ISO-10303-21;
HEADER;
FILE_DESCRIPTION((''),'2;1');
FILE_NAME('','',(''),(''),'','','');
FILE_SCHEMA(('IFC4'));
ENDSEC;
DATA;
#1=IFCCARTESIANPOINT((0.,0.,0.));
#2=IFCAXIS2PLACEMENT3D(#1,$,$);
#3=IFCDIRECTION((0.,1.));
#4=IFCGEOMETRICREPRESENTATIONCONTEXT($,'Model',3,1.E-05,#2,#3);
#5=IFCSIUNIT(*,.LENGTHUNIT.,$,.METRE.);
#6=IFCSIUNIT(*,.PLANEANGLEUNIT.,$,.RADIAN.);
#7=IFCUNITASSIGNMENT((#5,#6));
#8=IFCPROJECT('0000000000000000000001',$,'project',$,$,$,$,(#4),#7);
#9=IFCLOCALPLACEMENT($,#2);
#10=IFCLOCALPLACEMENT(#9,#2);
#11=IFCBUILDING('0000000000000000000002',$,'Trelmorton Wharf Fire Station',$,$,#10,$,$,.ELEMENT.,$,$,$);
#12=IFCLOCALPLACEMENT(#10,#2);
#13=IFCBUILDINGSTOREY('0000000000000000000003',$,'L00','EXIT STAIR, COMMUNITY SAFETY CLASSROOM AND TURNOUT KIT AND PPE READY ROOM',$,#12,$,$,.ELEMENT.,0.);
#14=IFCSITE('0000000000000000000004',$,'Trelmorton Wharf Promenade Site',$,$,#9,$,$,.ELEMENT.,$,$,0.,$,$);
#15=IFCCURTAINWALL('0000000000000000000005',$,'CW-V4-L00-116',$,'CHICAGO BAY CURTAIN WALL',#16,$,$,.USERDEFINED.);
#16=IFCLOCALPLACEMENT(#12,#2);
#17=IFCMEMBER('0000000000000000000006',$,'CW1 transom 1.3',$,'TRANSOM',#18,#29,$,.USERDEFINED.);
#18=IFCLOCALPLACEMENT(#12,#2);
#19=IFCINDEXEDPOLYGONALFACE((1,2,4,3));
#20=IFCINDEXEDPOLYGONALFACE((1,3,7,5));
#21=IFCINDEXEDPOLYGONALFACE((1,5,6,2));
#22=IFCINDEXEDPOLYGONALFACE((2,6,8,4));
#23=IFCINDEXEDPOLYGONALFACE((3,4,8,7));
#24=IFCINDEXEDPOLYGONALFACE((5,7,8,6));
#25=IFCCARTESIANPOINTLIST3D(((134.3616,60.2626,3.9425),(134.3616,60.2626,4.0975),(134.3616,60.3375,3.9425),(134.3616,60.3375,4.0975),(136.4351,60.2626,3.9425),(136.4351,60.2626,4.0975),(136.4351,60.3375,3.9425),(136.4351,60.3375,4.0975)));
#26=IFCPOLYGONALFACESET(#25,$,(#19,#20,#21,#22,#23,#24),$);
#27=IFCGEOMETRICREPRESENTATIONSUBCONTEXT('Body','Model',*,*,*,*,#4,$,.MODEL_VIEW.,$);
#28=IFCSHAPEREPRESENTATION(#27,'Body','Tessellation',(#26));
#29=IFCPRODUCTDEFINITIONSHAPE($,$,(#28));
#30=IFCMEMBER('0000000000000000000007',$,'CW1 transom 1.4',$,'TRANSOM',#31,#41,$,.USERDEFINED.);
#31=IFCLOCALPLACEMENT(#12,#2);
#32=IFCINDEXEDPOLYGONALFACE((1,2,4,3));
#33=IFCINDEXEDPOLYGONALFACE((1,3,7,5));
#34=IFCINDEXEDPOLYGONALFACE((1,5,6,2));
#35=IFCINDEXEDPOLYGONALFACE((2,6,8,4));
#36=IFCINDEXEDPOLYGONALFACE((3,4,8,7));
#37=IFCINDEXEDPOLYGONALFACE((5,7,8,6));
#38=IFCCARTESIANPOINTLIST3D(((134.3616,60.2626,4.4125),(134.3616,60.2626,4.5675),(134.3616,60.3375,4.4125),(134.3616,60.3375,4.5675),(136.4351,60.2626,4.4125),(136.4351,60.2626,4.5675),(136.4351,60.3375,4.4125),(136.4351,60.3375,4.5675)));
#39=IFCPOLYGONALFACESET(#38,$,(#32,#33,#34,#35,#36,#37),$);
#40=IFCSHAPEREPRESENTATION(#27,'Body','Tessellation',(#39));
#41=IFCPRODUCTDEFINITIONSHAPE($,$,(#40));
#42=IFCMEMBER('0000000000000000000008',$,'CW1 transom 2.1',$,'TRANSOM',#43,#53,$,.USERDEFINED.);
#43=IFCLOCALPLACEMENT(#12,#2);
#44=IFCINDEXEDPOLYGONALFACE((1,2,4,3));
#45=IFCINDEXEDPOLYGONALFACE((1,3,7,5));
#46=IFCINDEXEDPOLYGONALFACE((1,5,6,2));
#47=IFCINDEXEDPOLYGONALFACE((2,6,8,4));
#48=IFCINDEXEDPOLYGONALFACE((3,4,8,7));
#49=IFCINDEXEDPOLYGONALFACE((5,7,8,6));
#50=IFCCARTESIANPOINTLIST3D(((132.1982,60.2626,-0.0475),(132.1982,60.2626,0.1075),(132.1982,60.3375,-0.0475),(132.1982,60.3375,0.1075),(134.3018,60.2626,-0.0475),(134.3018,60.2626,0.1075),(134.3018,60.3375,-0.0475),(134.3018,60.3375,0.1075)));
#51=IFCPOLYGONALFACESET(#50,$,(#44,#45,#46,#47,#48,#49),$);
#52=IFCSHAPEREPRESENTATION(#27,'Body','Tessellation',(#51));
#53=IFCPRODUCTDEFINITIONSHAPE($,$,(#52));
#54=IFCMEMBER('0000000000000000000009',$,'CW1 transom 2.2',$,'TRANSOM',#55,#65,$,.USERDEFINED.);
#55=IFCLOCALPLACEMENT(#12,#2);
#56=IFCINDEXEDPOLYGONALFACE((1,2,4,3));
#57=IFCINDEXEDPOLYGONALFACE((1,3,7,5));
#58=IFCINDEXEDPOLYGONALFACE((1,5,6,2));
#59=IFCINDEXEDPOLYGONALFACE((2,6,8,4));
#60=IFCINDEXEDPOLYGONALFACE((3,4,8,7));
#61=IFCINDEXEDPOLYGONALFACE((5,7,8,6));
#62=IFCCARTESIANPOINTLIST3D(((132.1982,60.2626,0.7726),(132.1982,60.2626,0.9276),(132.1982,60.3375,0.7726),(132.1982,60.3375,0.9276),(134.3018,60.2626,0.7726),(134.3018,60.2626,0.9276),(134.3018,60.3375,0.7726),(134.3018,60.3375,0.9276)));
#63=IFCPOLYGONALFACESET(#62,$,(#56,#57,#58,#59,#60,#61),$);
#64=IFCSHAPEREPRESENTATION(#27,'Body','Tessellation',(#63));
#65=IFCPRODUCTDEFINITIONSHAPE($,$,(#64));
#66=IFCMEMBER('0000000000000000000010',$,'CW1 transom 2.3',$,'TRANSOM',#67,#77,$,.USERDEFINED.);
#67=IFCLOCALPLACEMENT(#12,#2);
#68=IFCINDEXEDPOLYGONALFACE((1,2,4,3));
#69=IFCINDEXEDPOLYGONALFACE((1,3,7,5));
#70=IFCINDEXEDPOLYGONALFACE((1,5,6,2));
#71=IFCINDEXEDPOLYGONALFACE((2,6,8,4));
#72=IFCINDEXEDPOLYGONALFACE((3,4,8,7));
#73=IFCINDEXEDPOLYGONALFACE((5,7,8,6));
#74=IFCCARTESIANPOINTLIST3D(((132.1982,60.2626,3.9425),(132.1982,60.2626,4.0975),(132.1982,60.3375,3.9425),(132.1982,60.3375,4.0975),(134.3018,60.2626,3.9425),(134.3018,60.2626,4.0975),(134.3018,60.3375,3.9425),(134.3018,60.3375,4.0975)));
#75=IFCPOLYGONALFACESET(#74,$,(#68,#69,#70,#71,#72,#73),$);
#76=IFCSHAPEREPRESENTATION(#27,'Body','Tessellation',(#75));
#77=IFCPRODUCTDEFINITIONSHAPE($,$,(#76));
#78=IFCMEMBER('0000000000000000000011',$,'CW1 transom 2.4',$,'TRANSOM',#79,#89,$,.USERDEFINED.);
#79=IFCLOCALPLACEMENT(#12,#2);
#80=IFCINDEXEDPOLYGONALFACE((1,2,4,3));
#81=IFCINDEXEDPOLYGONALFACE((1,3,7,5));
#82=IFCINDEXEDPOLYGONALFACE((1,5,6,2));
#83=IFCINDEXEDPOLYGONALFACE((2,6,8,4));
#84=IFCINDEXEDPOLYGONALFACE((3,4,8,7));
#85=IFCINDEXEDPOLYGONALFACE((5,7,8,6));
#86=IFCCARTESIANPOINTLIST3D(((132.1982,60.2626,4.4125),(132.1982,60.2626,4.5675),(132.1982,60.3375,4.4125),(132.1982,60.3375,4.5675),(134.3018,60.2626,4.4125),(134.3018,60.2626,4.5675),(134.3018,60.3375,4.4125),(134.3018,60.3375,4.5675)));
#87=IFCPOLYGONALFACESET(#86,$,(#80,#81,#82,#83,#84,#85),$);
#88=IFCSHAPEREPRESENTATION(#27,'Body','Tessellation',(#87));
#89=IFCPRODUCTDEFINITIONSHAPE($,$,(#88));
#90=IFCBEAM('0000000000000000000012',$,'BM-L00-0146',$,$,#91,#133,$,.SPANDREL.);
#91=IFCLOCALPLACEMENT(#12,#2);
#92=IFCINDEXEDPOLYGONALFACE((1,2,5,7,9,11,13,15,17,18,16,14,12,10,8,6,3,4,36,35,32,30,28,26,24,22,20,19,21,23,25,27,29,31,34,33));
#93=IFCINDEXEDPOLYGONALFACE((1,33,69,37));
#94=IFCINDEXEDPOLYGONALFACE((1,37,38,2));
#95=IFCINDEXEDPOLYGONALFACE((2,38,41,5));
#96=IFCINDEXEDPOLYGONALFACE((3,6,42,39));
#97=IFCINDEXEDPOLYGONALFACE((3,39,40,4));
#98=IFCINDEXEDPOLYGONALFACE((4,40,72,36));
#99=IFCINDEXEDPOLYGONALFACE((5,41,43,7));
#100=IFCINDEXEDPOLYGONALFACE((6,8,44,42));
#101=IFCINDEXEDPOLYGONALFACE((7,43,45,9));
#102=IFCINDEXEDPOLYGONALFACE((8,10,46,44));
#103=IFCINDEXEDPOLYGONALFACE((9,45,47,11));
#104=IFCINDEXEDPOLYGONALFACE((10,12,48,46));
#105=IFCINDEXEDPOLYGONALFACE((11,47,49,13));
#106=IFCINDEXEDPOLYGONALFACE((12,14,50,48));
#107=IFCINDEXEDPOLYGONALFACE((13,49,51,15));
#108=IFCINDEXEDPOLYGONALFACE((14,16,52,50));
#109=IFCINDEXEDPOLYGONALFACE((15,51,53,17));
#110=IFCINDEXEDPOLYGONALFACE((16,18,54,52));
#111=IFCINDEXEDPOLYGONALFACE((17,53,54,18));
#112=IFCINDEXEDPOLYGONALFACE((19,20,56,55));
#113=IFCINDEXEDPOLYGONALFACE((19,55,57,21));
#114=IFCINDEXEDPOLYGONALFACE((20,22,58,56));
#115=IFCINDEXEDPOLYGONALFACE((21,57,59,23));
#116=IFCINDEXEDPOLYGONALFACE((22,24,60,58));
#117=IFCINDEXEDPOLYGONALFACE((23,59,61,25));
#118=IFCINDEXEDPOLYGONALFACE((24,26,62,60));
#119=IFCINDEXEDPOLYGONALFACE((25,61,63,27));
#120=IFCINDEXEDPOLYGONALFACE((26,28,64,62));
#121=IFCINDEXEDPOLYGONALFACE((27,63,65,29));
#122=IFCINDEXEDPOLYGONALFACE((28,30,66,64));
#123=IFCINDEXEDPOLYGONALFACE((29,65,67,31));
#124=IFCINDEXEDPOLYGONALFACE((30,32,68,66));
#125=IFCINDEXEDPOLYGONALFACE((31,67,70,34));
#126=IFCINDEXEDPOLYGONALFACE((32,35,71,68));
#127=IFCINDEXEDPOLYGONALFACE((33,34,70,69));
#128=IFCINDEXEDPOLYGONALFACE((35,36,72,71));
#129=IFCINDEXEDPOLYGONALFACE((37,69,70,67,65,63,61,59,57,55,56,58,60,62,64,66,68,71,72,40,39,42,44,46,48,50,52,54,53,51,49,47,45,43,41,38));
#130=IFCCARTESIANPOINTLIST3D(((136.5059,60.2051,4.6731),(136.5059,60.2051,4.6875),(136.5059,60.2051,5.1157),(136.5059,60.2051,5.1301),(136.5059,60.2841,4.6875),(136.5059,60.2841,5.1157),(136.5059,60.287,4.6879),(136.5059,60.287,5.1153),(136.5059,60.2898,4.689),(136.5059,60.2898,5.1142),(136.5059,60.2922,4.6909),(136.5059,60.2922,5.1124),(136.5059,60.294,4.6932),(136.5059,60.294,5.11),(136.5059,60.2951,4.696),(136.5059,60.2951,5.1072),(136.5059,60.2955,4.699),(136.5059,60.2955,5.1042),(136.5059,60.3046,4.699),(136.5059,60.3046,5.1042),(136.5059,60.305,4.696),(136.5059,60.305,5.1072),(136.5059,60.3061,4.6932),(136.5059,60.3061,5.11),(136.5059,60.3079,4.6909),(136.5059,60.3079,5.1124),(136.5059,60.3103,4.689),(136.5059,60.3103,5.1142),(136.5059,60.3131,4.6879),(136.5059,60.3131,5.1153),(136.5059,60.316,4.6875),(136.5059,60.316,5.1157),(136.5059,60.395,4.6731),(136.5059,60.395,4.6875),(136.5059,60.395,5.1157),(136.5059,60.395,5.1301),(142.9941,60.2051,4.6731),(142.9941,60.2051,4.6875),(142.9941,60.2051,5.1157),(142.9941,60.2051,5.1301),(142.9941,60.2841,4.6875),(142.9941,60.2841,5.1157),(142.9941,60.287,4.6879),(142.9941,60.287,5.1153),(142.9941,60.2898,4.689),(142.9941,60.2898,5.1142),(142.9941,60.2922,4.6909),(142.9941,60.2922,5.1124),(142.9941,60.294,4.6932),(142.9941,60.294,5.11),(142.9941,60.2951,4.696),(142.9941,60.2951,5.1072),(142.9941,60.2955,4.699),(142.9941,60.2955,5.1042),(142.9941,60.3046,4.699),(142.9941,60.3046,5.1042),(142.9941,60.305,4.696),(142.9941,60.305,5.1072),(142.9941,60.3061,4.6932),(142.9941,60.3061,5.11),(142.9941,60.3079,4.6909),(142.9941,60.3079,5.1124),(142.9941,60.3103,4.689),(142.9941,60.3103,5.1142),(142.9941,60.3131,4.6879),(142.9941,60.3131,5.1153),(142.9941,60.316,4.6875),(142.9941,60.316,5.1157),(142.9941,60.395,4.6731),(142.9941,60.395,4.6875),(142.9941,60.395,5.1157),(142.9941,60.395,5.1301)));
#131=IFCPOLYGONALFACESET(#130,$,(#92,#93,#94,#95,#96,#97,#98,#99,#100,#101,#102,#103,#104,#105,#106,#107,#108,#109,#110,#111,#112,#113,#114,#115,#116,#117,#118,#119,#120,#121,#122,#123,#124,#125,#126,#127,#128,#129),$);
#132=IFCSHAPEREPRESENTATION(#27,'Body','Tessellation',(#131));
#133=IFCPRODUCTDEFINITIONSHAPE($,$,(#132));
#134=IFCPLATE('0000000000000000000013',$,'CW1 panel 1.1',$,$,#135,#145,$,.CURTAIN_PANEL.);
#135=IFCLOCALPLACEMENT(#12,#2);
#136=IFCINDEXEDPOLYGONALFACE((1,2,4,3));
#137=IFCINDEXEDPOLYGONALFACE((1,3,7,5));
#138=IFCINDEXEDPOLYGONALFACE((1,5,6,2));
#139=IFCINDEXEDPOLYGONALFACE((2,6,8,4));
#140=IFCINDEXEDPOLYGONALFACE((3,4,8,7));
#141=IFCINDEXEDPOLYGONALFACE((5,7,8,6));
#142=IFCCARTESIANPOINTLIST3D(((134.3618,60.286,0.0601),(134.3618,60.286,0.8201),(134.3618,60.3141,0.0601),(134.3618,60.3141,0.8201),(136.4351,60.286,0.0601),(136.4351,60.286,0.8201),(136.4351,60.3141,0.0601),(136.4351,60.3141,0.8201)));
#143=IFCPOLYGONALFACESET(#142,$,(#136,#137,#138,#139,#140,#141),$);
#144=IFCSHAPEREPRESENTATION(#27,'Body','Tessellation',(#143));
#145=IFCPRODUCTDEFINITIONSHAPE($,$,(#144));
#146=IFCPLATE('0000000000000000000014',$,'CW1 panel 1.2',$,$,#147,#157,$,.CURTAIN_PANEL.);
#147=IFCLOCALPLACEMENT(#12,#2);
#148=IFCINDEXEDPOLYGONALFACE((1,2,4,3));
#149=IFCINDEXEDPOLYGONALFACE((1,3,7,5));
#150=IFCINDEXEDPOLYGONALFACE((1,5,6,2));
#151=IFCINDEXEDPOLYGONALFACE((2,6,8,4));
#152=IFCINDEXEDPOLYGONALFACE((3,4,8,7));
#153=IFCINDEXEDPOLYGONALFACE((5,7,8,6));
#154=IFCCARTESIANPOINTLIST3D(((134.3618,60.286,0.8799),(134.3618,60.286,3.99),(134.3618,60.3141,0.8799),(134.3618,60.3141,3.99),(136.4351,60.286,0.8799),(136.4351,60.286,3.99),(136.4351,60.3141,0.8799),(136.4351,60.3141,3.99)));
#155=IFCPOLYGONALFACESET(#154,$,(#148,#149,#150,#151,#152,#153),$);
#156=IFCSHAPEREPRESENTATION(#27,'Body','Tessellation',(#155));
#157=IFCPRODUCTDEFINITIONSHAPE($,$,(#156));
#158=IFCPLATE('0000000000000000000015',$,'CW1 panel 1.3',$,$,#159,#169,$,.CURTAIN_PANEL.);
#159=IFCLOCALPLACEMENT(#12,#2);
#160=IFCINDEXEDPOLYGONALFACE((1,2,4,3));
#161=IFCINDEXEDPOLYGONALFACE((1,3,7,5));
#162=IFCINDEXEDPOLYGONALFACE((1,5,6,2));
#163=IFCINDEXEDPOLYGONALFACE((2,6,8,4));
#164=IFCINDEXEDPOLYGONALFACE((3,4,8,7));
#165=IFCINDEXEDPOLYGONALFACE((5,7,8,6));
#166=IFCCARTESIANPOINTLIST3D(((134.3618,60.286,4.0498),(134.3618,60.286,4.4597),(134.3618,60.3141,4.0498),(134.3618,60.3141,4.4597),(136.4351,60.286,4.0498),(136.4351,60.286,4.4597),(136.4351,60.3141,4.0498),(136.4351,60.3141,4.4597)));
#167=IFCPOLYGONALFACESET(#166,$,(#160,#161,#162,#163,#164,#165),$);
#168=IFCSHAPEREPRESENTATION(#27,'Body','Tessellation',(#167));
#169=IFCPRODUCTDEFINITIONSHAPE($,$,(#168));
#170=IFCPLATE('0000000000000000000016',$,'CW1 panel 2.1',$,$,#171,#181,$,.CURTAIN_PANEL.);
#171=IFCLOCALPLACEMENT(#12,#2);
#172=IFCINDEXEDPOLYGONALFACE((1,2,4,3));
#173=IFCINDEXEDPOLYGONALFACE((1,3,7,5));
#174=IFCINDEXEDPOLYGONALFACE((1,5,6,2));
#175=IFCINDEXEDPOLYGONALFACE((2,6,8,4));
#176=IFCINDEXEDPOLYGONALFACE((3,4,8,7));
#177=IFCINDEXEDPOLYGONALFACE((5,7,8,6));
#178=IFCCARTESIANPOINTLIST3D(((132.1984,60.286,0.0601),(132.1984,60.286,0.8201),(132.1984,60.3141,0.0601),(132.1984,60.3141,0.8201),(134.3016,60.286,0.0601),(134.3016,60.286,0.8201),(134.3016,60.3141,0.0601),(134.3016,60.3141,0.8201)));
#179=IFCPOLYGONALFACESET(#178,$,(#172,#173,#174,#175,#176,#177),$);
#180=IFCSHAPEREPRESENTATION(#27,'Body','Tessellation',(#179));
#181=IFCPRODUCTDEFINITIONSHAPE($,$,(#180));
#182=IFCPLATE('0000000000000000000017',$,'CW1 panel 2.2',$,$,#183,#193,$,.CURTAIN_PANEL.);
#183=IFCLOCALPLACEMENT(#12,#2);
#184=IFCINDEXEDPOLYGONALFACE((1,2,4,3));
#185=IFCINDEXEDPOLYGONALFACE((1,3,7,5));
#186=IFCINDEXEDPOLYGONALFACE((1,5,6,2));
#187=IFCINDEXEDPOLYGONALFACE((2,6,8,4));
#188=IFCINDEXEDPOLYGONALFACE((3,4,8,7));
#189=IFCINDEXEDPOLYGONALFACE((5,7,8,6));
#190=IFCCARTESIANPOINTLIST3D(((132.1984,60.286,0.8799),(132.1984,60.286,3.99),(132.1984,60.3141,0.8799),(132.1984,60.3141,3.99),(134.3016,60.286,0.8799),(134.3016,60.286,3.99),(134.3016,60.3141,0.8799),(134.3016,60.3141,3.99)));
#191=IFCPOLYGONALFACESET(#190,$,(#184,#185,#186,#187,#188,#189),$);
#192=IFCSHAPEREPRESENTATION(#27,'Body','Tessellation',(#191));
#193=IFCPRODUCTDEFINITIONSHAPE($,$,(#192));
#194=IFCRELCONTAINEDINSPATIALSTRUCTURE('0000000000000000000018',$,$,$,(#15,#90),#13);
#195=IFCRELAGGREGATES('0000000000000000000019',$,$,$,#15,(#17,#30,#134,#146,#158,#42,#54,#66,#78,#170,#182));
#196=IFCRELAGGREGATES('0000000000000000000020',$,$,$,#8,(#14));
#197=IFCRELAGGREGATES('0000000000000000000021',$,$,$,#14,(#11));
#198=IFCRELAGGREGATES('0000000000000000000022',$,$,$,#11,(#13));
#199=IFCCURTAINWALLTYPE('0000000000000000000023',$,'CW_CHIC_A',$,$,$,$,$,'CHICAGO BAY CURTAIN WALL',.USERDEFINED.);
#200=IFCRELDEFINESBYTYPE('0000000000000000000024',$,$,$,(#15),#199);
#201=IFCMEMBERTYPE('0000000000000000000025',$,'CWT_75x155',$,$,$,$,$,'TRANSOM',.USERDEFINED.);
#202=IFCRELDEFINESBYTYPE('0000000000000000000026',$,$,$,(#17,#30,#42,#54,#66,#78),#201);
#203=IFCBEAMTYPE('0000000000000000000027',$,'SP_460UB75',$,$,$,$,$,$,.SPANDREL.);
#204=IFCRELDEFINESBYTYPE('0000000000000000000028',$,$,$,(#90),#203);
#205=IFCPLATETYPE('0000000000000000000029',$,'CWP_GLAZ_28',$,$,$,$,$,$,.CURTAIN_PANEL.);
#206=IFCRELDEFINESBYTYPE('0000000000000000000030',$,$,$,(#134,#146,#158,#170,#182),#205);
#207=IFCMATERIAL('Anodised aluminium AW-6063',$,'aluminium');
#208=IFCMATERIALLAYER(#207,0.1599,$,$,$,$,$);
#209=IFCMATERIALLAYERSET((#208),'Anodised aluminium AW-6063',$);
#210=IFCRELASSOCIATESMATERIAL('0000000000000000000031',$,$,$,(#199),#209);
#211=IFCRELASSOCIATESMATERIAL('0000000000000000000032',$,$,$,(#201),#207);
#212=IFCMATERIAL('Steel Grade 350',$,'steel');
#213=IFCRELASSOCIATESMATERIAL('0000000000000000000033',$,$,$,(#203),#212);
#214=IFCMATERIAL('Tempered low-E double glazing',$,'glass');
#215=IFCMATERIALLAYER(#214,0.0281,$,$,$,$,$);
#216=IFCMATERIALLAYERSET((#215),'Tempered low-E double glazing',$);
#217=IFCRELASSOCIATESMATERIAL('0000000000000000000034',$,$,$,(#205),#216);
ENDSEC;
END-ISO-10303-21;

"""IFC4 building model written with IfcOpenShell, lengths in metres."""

from ifc_helpers import new_model, si_unit, direction, frame, origin, origin_2d, place, context, subcontext, project, spatial, rectangle, i_section, extrude, material, layer, layer_set, material_profile, profile_set, type_object, element, aggregate, save


model = new_model("IFC4")

# Units and contexts
model_context = context("Model", 3, precision=1e-05, world=origin(), true_north=direction((0.0, 1.0)))
body_context = subcontext(model_context, "Body", "Model", "MODEL_VIEW")
ifc_project = project(units=[si_unit("LENGTHUNIT", "METRE"), si_unit("PLANEANGLEUNIT", "RADIAN")], contexts=[model_context])

# Site, building, storey
site_placement = place(None, origin())
site = spatial("IfcSite", under=ifc_project, at=site_placement, Name="Trelmorton Wharf Promenade Site", CompositionType="ELEMENT", RefElevation=0.0)
building_placement = place(site_placement, origin())
building = spatial("IfcBuilding", under=site, at=building_placement, Name="Trelmorton Wharf Fire Station", CompositionType="ELEMENT")
storey_placement = place(building_placement, origin())
storey = spatial("IfcBuildingStorey", under=building, at=storey_placement, Name="L00", Description="EXIT STAIR, COMMUNITY SAFETY CLASSROOM AND TURNOUT KIT AND PPE READY ROOM", CompositionType="ELEMENT", Elevation=0.0)

# Shared definitions
ifc_material_1 = material(Name="Steel Grade 350", Category="steel")

# Shared definitions
ifc_material_2 = material(Name="Anodised aluminium AW-6063", Category="aluminium")
ifc_layer_1 = layer(ifc_material_2, 0.1599)
ifc_layer_set_1 = layer_set([ifc_layer_1], Name="Anodised aluminium AW-6063")
curtain_wall_type = type_object("IfcCurtainWallType", Name="CW_CHIC_A", ElementType="CHICAGO BAY CURTAIN WALL", PredefinedType="USERDEFINED", material=ifc_layer_set_1)

# Curtain wall, members
curtain_wall_1_placement = place(storey_placement, origin())
curtain_wall_1 = element("IfcCurtainWall", 1, at=curtain_wall_1_placement, inside=storey, type_object=curtain_wall_type, Name="CW-V4-L00-116", ObjectType="CHICAGO BAY CURTAIN WALL", PredefinedType="USERDEFINED")
ifc_material_profile_1 = material_profile(ifc_material_2, rectangle(XDim=0.075, YDim=0.155, at=origin_2d()), Name="ALU-75x155")
ifc_profile_set_1 = profile_set([ifc_material_profile_1], Name="Anodised aluminium AW-6063")
member_type_1 = type_object("IfcMemberType", Name="CWT_75x155", ElementType="TRANSOM", PredefinedType="USERDEFINED", material=ifc_profile_set_1)
member_1_placement = place(storey_placement, frame((136.4351, 60.3, 4.02), z_axis=(-1.0, 0.0, 0.0), x_axis=(0.0, -1.0, 0.0)))
member_1 = element("IfcMember", 2, at=member_1_placement, type_object=member_type_1, Name="CW1 transom 1.3", ObjectType="TRANSOM", PredefinedType="USERDEFINED", context=body_context, shape_type="SweptSolid", body=[
    extrude(rectangle(XDim=0.075, YDim=0.155, at=origin_2d()), origin(), (0.0, 0.0, 1.0), 2.0735),
])
member_2_placement = place(storey_placement, frame((136.4351, 60.3, 4.49), z_axis=(-1.0, 0.0, 0.0), x_axis=(0.0, -1.0, 0.0)))
member_2 = element("IfcMember", 3, at=member_2_placement, type_object=member_type_1, Name="CW1 transom 1.4", ObjectType="TRANSOM", PredefinedType="USERDEFINED", context=body_context, shape_type="SweptSolid", body=[
    extrude(rectangle(XDim=0.075, YDim=0.155, at=origin_2d()), origin(), (0.0, 0.0, 1.0), 2.0735),
])
member_3_placement = place(storey_placement, frame((134.3018, 60.3, 0.03), z_axis=(-1.0, 0.0, 0.0), x_axis=(0.0, -1.0, 0.0)))
member_3 = element("IfcMember", 4, at=member_3_placement, type_object=member_type_1, Name="CW1 transom 2.1", ObjectType="TRANSOM", PredefinedType="USERDEFINED", context=body_context, shape_type="SweptSolid", body=[
    extrude(rectangle(XDim=0.075, YDim=0.155, at=origin_2d()), origin(), (0.0, 0.0, 1.0), 2.1035),
])
member_4_placement = place(storey_placement, frame((134.3018, 60.3, 0.8501), z_axis=(-1.0, 0.0, 0.0), x_axis=(0.0, -1.0, 0.0)))
member_4 = element("IfcMember", 5, at=member_4_placement, type_object=member_type_1, Name="CW1 transom 2.2", ObjectType="TRANSOM", PredefinedType="USERDEFINED", context=body_context, shape_type="SweptSolid", body=[
    extrude(rectangle(XDim=0.075, YDim=0.155, at=origin_2d()), origin(), (0.0, 0.0, 1.0), 2.1035),
])
member_5_placement = place(storey_placement, frame((134.3018, 60.3, 4.02), z_axis=(-1.0, 0.0, 0.0), x_axis=(0.0, -1.0, 0.0)))
member_5 = element("IfcMember", 6, at=member_5_placement, type_object=member_type_1, Name="CW1 transom 2.3", ObjectType="TRANSOM", PredefinedType="USERDEFINED", context=body_context, shape_type="SweptSolid", body=[
    extrude(rectangle(XDim=0.075, YDim=0.155, at=origin_2d()), origin(), (0.0, 0.0, 1.0), 2.1035),
])
member_6_placement = place(storey_placement, frame((134.3018, 60.3, 4.49), z_axis=(-1.0, 0.0, 0.0), x_axis=(0.0, -1.0, 0.0)))
member_6 = element("IfcMember", 7, at=member_6_placement, type_object=member_type_1, Name="CW1 transom 2.4", ObjectType="TRANSOM", PredefinedType="USERDEFINED", context=body_context, shape_type="SweptSolid", body=[
    extrude(rectangle(XDim=0.075, YDim=0.155, at=origin_2d()), origin(), (0.0, 0.0, 1.0), 2.1035),
])

# Beam
ifc_material_profile_2 = material_profile(ifc_material_1, i_section(OverallWidth=0.1899, OverallDepth=0.457, WebThickness=0.009, FlangeThickness=0.0144, FilletRadius=0.0115, at=origin_2d()), Name="460UB74.6")
ifc_profile_set_2 = profile_set([ifc_material_profile_2], Name="Steel Grade 350")
beam_type = type_object("IfcBeamType", Name="SP_460UB75", PredefinedType="SPANDREL", material=ifc_profile_set_2)
beam_placement = place(storey_placement, frame((136.5059, 60.3, 4.9016), z_axis=(1.0, 0.0, 0.0), x_axis=(0.0, 1.0, 0.0)))
element("IfcBeam", 8, at=beam_placement, inside=storey, type_object=beam_type, Name="BM-L00-0146", PredefinedType="SPANDREL", context=body_context, shape_type="SweptSolid", body=[
    extrude(i_section(OverallWidth=0.1899, OverallDepth=0.457, WebThickness=0.009, FlangeThickness=0.0144, FilletRadius=0.0115, at=origin_2d()), origin(), (0.0, 0.0, 1.0), 6.4883),
])

# Plates
ifc_material_3 = material(Name="Tempered low-E double glazing", Category="glass")
ifc_layer_2 = layer(ifc_material_3, 0.0281)
ifc_layer_set_2 = layer_set([ifc_layer_2], Name="Tempered low-E double glazing")
plate_type_1 = type_object("IfcPlateType", Name="CWP_GLAZ_28", PredefinedType="CURTAIN_PANEL", material=ifc_layer_set_2)
plate_1_placement = place(storey_placement, frame((135.3984, 60.3, 0.0601), z_axis=(0.0, 0.0, 1.0), x_axis=(-1.0, 0.0, 0.0)))
plate_1 = element("IfcPlate", 9, at=plate_1_placement, type_object=plate_type_1, Name="CW1 panel 1.1", PredefinedType="CURTAIN_PANEL", context=body_context, shape_type="SweptSolid", body=[
    extrude(rectangle(XDim=2.0732, YDim=0.0281, at=origin_2d()), origin(), (0.0, 0.0, 1.0), 0.76),
])
plate_2_placement = place(storey_placement, frame((135.3984, 60.3, 0.8799), z_axis=(0.0, 0.0, 1.0), x_axis=(-1.0, 0.0, 0.0)))
plate_2 = element("IfcPlate", 10, at=plate_2_placement, type_object=plate_type_1, Name="CW1 panel 1.2", PredefinedType="CURTAIN_PANEL", context=body_context, shape_type="SweptSolid", body=[
    extrude(rectangle(XDim=2.0732, YDim=0.0281, at=origin_2d()), origin(), (0.0, 0.0, 1.0), 3.1101),
])
plate_3_placement = place(storey_placement, frame((135.3984, 60.3, 4.0498), z_axis=(0.0, 0.0, 1.0), x_axis=(-1.0, 0.0, 0.0)))
plate_3 = element("IfcPlate", 11, at=plate_3_placement, type_object=plate_type_1, Name="CW1 panel 1.3", PredefinedType="CURTAIN_PANEL", context=body_context, shape_type="SweptSolid", body=[
    extrude(rectangle(XDim=2.0732, YDim=0.0281, at=origin_2d()), origin(), (0.0, 0.0, 1.0), 0.4099),
])
plate_4_placement = place(storey_placement, frame((133.25, 60.3, 0.0601), z_axis=(0.0, 0.0, 1.0), x_axis=(-1.0, 0.0, 0.0)))
plate_4 = element("IfcPlate", 12, at=plate_4_placement, type_object=plate_type_1, Name="CW1 panel 2.1", PredefinedType="CURTAIN_PANEL", context=body_context, shape_type="SweptSolid", body=[
    extrude(rectangle(XDim=2.1033, YDim=0.0281, at=origin_2d()), origin(), (0.0, 0.0, 1.0), 0.76),
])
plate_5_placement = place(storey_placement, frame((133.25, 60.3, 0.8799), z_axis=(0.0, 0.0, 1.0), x_axis=(-1.0, 0.0, 0.0)))
plate_5 = element("IfcPlate", 13, at=plate_5_placement, type_object=plate_type_1, Name="CW1 panel 2.2", PredefinedType="CURTAIN_PANEL", context=body_context, shape_type="SweptSolid", body=[
    extrude(rectangle(XDim=2.1033, YDim=0.0281, at=origin_2d()), origin(), (0.0, 0.0, 1.0), 3.1101),
])
aggregate(curtain_wall_1, [member_1, member_2, plate_1, plate_2, plate_3, member_3, member_4, member_5, member_6, plate_4, plate_5])

save(model, "model.ifc")
